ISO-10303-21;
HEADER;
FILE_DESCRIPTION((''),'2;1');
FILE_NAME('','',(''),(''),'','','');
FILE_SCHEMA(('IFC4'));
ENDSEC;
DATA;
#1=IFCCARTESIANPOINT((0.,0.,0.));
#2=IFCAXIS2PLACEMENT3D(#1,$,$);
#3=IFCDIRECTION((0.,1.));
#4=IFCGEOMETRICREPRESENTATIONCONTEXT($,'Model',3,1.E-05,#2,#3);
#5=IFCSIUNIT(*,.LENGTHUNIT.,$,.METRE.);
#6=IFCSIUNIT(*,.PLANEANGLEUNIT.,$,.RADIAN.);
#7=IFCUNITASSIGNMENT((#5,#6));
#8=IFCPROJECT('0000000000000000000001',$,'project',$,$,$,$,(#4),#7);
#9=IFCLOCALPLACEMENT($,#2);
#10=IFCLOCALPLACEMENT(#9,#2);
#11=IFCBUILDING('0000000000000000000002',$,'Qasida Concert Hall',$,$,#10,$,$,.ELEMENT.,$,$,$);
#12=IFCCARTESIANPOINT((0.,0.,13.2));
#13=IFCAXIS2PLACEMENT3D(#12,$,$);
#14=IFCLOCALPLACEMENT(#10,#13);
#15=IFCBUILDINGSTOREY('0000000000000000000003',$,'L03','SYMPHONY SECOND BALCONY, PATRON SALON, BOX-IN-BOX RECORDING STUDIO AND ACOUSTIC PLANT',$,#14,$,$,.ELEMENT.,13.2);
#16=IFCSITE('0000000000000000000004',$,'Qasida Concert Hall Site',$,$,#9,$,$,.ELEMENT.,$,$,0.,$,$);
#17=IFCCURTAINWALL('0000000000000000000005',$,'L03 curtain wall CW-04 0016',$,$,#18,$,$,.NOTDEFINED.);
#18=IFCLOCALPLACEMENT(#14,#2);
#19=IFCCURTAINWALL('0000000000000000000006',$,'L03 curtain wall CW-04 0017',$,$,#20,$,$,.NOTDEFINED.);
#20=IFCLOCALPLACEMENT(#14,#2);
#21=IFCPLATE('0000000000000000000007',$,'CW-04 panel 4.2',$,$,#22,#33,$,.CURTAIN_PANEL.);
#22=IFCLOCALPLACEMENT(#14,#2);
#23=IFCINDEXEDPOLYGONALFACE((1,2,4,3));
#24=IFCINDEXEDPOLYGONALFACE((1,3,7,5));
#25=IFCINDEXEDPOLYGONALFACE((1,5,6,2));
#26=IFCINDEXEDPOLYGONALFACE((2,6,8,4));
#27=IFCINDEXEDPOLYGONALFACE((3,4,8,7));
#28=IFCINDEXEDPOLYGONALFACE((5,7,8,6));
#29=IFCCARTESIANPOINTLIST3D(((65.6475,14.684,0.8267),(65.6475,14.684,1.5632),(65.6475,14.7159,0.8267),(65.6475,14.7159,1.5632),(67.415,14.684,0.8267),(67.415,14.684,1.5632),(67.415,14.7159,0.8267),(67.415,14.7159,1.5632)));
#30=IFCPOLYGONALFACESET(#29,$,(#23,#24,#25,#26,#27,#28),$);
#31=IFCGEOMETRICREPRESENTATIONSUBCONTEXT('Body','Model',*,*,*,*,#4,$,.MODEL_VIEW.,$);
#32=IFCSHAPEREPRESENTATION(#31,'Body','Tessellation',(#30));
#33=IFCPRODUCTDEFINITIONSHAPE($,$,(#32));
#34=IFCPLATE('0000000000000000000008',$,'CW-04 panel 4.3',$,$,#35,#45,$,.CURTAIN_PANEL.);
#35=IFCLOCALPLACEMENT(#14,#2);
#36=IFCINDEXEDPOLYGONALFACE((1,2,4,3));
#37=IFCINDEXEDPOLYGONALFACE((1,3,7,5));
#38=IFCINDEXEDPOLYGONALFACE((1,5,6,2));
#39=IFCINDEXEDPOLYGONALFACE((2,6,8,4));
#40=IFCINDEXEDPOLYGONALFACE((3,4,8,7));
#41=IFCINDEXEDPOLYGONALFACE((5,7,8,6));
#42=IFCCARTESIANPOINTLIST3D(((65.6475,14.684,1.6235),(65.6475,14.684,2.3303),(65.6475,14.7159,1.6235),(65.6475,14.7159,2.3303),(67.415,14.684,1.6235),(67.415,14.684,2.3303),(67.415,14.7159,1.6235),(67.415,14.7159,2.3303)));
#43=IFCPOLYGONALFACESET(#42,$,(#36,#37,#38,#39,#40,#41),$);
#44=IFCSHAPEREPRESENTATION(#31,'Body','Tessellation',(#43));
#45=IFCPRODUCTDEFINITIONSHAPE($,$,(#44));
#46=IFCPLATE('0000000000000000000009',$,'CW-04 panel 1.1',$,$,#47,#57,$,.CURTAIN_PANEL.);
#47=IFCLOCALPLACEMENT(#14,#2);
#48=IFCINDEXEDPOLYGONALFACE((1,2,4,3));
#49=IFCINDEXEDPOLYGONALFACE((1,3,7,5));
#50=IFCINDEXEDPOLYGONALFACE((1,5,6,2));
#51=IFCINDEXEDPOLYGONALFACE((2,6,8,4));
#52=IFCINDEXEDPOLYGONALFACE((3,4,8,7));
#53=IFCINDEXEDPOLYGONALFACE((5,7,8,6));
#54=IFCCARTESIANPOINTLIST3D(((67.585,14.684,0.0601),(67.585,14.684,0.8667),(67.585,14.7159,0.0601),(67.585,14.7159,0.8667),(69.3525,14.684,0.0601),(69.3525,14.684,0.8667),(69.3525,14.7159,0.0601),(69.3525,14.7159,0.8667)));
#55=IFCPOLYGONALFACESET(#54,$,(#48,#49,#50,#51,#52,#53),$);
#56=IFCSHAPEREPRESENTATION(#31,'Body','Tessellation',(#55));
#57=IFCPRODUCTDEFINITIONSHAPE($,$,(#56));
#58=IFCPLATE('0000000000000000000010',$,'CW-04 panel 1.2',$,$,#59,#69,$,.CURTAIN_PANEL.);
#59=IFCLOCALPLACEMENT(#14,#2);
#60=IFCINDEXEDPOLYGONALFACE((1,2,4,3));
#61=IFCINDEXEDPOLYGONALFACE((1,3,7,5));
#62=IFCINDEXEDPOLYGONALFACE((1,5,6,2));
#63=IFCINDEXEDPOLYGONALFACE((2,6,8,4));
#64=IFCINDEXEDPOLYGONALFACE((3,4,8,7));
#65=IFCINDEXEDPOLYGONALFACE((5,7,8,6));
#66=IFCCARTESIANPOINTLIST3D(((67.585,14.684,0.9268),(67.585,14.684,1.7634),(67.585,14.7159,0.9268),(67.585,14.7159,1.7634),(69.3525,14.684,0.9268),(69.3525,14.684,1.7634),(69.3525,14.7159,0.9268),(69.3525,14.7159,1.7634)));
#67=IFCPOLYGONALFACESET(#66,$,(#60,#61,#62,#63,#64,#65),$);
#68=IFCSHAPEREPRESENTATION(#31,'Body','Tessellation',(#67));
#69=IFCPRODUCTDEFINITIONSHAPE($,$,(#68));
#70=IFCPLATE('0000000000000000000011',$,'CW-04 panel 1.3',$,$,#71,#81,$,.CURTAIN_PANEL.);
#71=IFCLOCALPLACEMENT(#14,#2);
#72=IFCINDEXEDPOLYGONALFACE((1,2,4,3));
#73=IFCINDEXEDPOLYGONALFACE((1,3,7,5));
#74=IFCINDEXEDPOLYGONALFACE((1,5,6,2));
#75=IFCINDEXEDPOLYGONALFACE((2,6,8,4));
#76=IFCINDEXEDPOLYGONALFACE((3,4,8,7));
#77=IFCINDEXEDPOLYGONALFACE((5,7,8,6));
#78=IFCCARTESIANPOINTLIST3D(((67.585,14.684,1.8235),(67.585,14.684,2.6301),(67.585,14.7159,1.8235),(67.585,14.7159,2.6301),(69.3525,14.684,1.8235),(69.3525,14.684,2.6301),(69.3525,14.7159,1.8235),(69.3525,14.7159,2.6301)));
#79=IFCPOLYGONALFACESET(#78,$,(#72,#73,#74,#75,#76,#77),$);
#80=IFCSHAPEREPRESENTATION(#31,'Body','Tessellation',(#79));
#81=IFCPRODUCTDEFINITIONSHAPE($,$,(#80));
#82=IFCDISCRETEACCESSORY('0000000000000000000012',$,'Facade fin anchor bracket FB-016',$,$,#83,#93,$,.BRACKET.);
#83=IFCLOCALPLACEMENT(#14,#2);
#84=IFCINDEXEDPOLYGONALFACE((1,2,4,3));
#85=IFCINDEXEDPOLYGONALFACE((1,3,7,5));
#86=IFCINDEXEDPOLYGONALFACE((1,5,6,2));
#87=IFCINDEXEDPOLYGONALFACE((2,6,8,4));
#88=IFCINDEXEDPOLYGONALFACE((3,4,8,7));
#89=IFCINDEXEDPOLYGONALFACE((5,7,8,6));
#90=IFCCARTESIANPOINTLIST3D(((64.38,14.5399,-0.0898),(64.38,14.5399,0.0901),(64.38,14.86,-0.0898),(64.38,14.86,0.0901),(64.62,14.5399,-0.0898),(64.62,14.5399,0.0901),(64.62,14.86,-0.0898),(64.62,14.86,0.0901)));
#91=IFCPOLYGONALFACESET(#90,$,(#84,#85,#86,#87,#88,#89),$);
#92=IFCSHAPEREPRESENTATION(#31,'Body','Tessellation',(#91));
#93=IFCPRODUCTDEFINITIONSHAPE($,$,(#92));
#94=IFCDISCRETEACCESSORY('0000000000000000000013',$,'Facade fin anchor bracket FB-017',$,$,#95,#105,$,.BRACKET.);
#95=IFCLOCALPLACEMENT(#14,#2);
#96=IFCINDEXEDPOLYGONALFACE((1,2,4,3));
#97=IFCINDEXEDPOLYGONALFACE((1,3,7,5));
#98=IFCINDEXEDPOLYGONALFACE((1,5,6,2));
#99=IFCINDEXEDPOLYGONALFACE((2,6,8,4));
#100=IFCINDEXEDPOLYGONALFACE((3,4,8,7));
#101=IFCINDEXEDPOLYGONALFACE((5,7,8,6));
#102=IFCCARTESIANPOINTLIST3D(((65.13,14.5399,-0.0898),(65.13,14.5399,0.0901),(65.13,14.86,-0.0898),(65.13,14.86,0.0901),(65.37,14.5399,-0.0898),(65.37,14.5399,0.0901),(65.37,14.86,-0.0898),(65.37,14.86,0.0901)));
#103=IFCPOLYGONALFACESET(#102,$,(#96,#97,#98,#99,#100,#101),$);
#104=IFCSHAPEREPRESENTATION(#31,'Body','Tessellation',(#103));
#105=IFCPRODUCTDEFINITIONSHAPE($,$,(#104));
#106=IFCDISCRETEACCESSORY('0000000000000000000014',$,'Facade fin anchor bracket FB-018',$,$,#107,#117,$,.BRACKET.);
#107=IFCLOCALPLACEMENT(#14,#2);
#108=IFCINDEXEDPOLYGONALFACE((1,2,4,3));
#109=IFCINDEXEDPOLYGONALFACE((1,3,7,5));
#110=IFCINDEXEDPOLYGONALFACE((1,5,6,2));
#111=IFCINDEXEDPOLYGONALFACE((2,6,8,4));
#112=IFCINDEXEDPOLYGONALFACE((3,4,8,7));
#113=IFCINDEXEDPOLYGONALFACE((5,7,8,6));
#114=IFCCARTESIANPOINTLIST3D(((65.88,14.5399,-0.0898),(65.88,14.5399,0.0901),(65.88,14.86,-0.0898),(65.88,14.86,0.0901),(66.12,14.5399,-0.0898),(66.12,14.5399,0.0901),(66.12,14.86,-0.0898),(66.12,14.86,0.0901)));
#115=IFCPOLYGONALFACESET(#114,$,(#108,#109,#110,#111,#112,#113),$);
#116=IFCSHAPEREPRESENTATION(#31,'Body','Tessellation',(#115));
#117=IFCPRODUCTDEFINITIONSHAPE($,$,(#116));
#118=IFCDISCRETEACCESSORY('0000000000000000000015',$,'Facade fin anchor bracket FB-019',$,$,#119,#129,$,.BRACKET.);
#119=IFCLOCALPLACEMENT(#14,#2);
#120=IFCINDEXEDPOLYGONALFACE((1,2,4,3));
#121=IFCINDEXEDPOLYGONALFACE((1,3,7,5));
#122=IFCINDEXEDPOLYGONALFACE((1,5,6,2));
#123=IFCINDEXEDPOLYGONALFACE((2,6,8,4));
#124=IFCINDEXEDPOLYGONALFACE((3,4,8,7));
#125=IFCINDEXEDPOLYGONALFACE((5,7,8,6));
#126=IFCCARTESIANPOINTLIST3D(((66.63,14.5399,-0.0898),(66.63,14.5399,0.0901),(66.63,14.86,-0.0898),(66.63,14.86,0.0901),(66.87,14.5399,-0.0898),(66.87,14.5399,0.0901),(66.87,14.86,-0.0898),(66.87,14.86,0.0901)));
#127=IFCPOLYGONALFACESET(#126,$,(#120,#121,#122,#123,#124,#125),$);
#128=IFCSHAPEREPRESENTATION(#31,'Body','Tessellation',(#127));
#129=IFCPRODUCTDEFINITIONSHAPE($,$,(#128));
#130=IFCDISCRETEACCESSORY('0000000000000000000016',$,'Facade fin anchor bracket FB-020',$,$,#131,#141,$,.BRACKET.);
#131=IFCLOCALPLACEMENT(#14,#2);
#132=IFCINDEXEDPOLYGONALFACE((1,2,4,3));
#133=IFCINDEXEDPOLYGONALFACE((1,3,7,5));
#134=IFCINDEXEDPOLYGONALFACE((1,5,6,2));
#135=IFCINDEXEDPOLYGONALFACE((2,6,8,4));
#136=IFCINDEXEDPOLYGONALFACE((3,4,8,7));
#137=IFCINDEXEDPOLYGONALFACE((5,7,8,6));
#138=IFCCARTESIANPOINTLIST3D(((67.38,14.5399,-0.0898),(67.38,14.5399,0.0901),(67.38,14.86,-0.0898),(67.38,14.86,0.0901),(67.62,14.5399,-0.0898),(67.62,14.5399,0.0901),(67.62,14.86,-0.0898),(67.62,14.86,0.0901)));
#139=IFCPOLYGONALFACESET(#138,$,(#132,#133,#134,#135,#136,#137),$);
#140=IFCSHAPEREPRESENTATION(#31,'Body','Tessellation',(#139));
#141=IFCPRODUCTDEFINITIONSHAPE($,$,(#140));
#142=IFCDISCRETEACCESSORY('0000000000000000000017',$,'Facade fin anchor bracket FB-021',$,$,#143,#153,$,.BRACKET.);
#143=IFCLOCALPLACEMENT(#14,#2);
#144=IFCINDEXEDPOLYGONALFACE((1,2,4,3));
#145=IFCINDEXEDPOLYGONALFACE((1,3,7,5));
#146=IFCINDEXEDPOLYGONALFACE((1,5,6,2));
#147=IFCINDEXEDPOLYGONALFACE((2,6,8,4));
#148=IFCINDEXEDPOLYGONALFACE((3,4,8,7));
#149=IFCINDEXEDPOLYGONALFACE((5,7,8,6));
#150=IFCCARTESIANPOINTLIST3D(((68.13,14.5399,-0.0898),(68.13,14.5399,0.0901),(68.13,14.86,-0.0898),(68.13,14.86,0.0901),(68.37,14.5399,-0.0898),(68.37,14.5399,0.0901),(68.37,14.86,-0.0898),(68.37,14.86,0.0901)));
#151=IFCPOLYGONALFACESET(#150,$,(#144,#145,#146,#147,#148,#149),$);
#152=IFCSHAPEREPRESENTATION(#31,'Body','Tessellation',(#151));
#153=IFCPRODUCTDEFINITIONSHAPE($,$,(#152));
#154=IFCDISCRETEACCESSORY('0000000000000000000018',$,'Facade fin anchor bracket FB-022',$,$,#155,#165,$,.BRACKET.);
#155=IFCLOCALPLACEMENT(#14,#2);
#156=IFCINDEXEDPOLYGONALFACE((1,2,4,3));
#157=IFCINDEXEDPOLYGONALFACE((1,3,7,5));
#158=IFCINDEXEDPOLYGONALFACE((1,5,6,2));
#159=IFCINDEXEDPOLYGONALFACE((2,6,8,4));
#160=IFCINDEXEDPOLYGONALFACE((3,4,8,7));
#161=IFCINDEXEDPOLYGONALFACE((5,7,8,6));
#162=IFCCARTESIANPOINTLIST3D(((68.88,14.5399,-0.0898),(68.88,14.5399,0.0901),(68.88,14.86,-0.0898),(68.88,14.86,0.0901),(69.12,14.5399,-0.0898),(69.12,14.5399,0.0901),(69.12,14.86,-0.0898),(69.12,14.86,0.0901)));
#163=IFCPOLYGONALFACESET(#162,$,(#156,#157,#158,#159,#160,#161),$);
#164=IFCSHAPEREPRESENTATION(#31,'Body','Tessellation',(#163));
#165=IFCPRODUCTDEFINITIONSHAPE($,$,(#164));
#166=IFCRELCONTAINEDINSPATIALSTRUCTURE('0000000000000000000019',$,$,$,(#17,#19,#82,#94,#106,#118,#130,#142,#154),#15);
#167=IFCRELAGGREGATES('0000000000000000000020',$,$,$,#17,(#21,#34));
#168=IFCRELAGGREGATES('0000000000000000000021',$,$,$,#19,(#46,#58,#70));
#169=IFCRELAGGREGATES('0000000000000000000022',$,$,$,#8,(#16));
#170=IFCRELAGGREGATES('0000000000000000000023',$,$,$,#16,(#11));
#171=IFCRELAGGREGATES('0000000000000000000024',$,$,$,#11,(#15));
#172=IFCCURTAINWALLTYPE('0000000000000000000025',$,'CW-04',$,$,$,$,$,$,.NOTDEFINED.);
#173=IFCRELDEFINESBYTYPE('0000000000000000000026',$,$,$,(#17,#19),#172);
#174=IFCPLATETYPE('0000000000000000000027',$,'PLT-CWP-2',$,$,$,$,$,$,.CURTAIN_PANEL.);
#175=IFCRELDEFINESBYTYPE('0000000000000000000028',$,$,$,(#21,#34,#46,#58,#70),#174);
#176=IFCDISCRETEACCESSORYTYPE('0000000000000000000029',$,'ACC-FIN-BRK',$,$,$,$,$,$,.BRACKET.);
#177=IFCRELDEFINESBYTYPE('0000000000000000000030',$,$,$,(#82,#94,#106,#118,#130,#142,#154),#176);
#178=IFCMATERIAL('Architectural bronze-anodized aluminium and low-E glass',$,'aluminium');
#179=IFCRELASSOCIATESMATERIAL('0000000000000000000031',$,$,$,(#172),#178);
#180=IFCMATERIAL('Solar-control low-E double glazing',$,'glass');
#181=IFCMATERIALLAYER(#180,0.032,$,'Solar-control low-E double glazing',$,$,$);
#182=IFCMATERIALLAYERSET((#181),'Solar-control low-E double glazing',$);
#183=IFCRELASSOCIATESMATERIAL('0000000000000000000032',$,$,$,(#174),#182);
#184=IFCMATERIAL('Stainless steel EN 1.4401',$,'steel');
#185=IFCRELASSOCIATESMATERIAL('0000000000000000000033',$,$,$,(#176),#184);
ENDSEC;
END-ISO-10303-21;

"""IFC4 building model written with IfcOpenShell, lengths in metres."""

from ifc_helpers import new_model, si_unit, direction, frame, origin, origin_2d, place, context, subcontext, project, spatial, rectangle, extrude, material, layer, layer_set, type_object, element, aggregate, save


model = new_model("IFC4")

# Units and contexts
model_context = context("Model", 3, precision=1e-05, world=origin(), true_north=direction((0.0, 1.0)))
body_context = subcontext(model_context, "Body", "Model", "MODEL_VIEW")
ifc_project = project(units=[si_unit("LENGTHUNIT", "METRE"), si_unit("PLANEANGLEUNIT", "RADIAN")], contexts=[model_context])

# Site, building, storey
site_placement = place(None, origin())
site = spatial("IfcSite", under=ifc_project, at=site_placement, Name="Qasida Concert Hall Site", CompositionType="ELEMENT", RefElevation=0.0)
building_placement = place(site_placement, origin())
building = spatial("IfcBuilding", under=site, at=building_placement, Name="Qasida Concert Hall", CompositionType="ELEMENT")
storey_placement = place(building_placement, frame((0.0, 0.0, 13.2)))
storey = spatial("IfcBuildingStorey", under=building, at=storey_placement, Name="L03", Description="SYMPHONY SECOND BALCONY, PATRON SALON, BOX-IN-BOX RECORDING STUDIO AND ACOUSTIC PLANT", CompositionType="ELEMENT", Elevation=13.2)

# Curtain walls
ifc_material_1 = material(Name="Architectural bronze-anodized aluminium and low-E glass", Category="aluminium")
curtain_wall_type = type_object("IfcCurtainWallType", Name="CW-04", PredefinedType="NOTDEFINED", material=ifc_material_1)
curtain_wall_1_placement = place(storey_placement, origin())
curtain_wall_1 = element("IfcCurtainWall", 1, at=curtain_wall_1_placement, inside=storey, type_object=curtain_wall_type, Name="L03 curtain wall CW-04 0016", PredefinedType="NOTDEFINED")
curtain_wall_2_placement = place(storey_placement, origin())
curtain_wall_2 = element("IfcCurtainWall", 2, at=curtain_wall_2_placement, inside=storey, type_object=curtain_wall_type, Name="L03 curtain wall CW-04 0017", PredefinedType="NOTDEFINED")

# Plates
ifc_material_2 = material(Name="Solar-control low-E double glazing", Category="glass")
ifc_layer = layer(ifc_material_2, 0.032, Name="Solar-control low-E double glazing")
ifc_layer_set = layer_set([ifc_layer], Name="Solar-control low-E double glazing")
plate_type = type_object("IfcPlateType", Name="PLT-CWP-2", PredefinedType="CURTAIN_PANEL", material=ifc_layer_set)
plate_1_placement = place(storey_placement, frame((66.5312, 14.7, 0.8267), z_axis=(0.0, 0.0, 1.0), x_axis=(1.0, 0.0, 0.0)))
plate_1 = element("IfcPlate", 3, at=plate_1_placement, type_object=plate_type, Name="CW-04 panel 4.2", PredefinedType="CURTAIN_PANEL", context=body_context, shape_type="SweptSolid", body=[
    extrude(rectangle(XDim=1.7676, YDim=0.032, at=origin_2d()), origin(), (0.0, 0.0, 1.0), 0.7366),
])
plate_2_placement = place(storey_placement, frame((66.5312, 14.7, 1.6235), z_axis=(0.0, 0.0, 1.0), x_axis=(1.0, 0.0, 0.0)))
plate_2 = element("IfcPlate", 4, at=plate_2_placement, type_object=plate_type, Name="CW-04 panel 4.3", PredefinedType="CURTAIN_PANEL", context=body_context, shape_type="SweptSolid", body=[
    extrude(rectangle(XDim=1.7676, YDim=0.032, at=origin_2d()), origin(), (0.0, 0.0, 1.0), 0.7068),
])
aggregate(curtain_wall_1, [plate_1, plate_2])
plate_3_placement = place(storey_placement, frame((68.4688, 14.7, 0.0601), z_axis=(0.0, 0.0, 1.0), x_axis=(1.0, 0.0, 0.0)))
plate_3 = element("IfcPlate", 5, at=plate_3_placement, type_object=plate_type, Name="CW-04 panel 1.1", PredefinedType="CURTAIN_PANEL", context=body_context, shape_type="SweptSolid", body=[
    extrude(rectangle(XDim=1.7676, YDim=0.032, at=origin_2d()), origin(), (0.0, 0.0, 1.0), 0.8066),
])
plate_4_placement = place(storey_placement, frame((68.4688, 14.7, 0.9268), z_axis=(0.0, 0.0, 1.0), x_axis=(1.0, 0.0, 0.0)))
plate_4 = element("IfcPlate", 6, at=plate_4_placement, type_object=plate_type, Name="CW-04 panel 1.2", PredefinedType="CURTAIN_PANEL", context=body_context, shape_type="SweptSolid", body=[
    extrude(rectangle(XDim=1.7676, YDim=0.032, at=origin_2d()), origin(), (0.0, 0.0, 1.0), 0.8367),
])
plate_5_placement = place(storey_placement, frame((68.4688, 14.7, 1.8235), z_axis=(0.0, 0.0, 1.0), x_axis=(1.0, 0.0, 0.0)))
plate_5 = element("IfcPlate", 7, at=plate_5_placement, type_object=plate_type, Name="CW-04 panel 1.3", PredefinedType="CURTAIN_PANEL", context=body_context, shape_type="SweptSolid", body=[
    extrude(rectangle(XDim=1.7676, YDim=0.032, at=origin_2d()), origin(), (0.0, 0.0, 1.0), 0.8066),
])
aggregate(curtain_wall_2, [plate_3, plate_4, plate_5])

# Discrete accessories
ifc_material_3 = material(Name="Stainless steel EN 1.4401", Category="steel")
discrete_accessory_type = type_object("IfcDiscreteAccessoryType", Name="ACC-FIN-BRK", PredefinedType="BRACKET", material=ifc_material_3)
for number, where, z_axis, x_axis, name in (
    (8, (64.5, 14.7, -0.0898), (0.0, 0.0, 1.0), (1.0, 0.0, 0.0), "Facade fin anchor bracket FB-016"),
    (9, (65.25, 14.7, -0.0898), (0.0, 0.0, 1.0), (1.0, 0.0, 0.0), "Facade fin anchor bracket FB-017"),
    (10, (66.0, 14.7, -0.0898), (0.0, 0.0, 1.0), (1.0, 0.0, 0.0), "Facade fin anchor bracket FB-018"),
    (11, (66.75, 14.7, -0.0898), (0.0, 0.0, 1.0), (1.0, 0.0, 0.0), "Facade fin anchor bracket FB-019"),
    (12, (67.5, 14.7, -0.0898), (0.0, 0.0, 1.0), (1.0, 0.0, 0.0), "Facade fin anchor bracket FB-020"),
    (13, (68.25, 14.7, -0.0898), (0.0, 0.0, 1.0), (1.0, 0.0, 0.0), "Facade fin anchor bracket FB-021"),
    (14, (69.0, 14.7, -0.0898), (0.0, 0.0, 1.0), (1.0, 0.0, 0.0), "Facade fin anchor bracket FB-022"),
):
    element("IfcDiscreteAccessory", number, at=place(storey_placement, frame(where, z_axis=z_axis, x_axis=x_axis)), inside=storey, type_object=discrete_accessory_type, Name=name, PredefinedType="BRACKET", context=body_context, shape_type="SweptSolid", body=[
        extrude(rectangle(XDim=0.24, YDim=0.3201, at=origin_2d()), origin(), (0.0, 0.0, 1.0), 0.1799),
    ])

save(model, "model.ifc")
